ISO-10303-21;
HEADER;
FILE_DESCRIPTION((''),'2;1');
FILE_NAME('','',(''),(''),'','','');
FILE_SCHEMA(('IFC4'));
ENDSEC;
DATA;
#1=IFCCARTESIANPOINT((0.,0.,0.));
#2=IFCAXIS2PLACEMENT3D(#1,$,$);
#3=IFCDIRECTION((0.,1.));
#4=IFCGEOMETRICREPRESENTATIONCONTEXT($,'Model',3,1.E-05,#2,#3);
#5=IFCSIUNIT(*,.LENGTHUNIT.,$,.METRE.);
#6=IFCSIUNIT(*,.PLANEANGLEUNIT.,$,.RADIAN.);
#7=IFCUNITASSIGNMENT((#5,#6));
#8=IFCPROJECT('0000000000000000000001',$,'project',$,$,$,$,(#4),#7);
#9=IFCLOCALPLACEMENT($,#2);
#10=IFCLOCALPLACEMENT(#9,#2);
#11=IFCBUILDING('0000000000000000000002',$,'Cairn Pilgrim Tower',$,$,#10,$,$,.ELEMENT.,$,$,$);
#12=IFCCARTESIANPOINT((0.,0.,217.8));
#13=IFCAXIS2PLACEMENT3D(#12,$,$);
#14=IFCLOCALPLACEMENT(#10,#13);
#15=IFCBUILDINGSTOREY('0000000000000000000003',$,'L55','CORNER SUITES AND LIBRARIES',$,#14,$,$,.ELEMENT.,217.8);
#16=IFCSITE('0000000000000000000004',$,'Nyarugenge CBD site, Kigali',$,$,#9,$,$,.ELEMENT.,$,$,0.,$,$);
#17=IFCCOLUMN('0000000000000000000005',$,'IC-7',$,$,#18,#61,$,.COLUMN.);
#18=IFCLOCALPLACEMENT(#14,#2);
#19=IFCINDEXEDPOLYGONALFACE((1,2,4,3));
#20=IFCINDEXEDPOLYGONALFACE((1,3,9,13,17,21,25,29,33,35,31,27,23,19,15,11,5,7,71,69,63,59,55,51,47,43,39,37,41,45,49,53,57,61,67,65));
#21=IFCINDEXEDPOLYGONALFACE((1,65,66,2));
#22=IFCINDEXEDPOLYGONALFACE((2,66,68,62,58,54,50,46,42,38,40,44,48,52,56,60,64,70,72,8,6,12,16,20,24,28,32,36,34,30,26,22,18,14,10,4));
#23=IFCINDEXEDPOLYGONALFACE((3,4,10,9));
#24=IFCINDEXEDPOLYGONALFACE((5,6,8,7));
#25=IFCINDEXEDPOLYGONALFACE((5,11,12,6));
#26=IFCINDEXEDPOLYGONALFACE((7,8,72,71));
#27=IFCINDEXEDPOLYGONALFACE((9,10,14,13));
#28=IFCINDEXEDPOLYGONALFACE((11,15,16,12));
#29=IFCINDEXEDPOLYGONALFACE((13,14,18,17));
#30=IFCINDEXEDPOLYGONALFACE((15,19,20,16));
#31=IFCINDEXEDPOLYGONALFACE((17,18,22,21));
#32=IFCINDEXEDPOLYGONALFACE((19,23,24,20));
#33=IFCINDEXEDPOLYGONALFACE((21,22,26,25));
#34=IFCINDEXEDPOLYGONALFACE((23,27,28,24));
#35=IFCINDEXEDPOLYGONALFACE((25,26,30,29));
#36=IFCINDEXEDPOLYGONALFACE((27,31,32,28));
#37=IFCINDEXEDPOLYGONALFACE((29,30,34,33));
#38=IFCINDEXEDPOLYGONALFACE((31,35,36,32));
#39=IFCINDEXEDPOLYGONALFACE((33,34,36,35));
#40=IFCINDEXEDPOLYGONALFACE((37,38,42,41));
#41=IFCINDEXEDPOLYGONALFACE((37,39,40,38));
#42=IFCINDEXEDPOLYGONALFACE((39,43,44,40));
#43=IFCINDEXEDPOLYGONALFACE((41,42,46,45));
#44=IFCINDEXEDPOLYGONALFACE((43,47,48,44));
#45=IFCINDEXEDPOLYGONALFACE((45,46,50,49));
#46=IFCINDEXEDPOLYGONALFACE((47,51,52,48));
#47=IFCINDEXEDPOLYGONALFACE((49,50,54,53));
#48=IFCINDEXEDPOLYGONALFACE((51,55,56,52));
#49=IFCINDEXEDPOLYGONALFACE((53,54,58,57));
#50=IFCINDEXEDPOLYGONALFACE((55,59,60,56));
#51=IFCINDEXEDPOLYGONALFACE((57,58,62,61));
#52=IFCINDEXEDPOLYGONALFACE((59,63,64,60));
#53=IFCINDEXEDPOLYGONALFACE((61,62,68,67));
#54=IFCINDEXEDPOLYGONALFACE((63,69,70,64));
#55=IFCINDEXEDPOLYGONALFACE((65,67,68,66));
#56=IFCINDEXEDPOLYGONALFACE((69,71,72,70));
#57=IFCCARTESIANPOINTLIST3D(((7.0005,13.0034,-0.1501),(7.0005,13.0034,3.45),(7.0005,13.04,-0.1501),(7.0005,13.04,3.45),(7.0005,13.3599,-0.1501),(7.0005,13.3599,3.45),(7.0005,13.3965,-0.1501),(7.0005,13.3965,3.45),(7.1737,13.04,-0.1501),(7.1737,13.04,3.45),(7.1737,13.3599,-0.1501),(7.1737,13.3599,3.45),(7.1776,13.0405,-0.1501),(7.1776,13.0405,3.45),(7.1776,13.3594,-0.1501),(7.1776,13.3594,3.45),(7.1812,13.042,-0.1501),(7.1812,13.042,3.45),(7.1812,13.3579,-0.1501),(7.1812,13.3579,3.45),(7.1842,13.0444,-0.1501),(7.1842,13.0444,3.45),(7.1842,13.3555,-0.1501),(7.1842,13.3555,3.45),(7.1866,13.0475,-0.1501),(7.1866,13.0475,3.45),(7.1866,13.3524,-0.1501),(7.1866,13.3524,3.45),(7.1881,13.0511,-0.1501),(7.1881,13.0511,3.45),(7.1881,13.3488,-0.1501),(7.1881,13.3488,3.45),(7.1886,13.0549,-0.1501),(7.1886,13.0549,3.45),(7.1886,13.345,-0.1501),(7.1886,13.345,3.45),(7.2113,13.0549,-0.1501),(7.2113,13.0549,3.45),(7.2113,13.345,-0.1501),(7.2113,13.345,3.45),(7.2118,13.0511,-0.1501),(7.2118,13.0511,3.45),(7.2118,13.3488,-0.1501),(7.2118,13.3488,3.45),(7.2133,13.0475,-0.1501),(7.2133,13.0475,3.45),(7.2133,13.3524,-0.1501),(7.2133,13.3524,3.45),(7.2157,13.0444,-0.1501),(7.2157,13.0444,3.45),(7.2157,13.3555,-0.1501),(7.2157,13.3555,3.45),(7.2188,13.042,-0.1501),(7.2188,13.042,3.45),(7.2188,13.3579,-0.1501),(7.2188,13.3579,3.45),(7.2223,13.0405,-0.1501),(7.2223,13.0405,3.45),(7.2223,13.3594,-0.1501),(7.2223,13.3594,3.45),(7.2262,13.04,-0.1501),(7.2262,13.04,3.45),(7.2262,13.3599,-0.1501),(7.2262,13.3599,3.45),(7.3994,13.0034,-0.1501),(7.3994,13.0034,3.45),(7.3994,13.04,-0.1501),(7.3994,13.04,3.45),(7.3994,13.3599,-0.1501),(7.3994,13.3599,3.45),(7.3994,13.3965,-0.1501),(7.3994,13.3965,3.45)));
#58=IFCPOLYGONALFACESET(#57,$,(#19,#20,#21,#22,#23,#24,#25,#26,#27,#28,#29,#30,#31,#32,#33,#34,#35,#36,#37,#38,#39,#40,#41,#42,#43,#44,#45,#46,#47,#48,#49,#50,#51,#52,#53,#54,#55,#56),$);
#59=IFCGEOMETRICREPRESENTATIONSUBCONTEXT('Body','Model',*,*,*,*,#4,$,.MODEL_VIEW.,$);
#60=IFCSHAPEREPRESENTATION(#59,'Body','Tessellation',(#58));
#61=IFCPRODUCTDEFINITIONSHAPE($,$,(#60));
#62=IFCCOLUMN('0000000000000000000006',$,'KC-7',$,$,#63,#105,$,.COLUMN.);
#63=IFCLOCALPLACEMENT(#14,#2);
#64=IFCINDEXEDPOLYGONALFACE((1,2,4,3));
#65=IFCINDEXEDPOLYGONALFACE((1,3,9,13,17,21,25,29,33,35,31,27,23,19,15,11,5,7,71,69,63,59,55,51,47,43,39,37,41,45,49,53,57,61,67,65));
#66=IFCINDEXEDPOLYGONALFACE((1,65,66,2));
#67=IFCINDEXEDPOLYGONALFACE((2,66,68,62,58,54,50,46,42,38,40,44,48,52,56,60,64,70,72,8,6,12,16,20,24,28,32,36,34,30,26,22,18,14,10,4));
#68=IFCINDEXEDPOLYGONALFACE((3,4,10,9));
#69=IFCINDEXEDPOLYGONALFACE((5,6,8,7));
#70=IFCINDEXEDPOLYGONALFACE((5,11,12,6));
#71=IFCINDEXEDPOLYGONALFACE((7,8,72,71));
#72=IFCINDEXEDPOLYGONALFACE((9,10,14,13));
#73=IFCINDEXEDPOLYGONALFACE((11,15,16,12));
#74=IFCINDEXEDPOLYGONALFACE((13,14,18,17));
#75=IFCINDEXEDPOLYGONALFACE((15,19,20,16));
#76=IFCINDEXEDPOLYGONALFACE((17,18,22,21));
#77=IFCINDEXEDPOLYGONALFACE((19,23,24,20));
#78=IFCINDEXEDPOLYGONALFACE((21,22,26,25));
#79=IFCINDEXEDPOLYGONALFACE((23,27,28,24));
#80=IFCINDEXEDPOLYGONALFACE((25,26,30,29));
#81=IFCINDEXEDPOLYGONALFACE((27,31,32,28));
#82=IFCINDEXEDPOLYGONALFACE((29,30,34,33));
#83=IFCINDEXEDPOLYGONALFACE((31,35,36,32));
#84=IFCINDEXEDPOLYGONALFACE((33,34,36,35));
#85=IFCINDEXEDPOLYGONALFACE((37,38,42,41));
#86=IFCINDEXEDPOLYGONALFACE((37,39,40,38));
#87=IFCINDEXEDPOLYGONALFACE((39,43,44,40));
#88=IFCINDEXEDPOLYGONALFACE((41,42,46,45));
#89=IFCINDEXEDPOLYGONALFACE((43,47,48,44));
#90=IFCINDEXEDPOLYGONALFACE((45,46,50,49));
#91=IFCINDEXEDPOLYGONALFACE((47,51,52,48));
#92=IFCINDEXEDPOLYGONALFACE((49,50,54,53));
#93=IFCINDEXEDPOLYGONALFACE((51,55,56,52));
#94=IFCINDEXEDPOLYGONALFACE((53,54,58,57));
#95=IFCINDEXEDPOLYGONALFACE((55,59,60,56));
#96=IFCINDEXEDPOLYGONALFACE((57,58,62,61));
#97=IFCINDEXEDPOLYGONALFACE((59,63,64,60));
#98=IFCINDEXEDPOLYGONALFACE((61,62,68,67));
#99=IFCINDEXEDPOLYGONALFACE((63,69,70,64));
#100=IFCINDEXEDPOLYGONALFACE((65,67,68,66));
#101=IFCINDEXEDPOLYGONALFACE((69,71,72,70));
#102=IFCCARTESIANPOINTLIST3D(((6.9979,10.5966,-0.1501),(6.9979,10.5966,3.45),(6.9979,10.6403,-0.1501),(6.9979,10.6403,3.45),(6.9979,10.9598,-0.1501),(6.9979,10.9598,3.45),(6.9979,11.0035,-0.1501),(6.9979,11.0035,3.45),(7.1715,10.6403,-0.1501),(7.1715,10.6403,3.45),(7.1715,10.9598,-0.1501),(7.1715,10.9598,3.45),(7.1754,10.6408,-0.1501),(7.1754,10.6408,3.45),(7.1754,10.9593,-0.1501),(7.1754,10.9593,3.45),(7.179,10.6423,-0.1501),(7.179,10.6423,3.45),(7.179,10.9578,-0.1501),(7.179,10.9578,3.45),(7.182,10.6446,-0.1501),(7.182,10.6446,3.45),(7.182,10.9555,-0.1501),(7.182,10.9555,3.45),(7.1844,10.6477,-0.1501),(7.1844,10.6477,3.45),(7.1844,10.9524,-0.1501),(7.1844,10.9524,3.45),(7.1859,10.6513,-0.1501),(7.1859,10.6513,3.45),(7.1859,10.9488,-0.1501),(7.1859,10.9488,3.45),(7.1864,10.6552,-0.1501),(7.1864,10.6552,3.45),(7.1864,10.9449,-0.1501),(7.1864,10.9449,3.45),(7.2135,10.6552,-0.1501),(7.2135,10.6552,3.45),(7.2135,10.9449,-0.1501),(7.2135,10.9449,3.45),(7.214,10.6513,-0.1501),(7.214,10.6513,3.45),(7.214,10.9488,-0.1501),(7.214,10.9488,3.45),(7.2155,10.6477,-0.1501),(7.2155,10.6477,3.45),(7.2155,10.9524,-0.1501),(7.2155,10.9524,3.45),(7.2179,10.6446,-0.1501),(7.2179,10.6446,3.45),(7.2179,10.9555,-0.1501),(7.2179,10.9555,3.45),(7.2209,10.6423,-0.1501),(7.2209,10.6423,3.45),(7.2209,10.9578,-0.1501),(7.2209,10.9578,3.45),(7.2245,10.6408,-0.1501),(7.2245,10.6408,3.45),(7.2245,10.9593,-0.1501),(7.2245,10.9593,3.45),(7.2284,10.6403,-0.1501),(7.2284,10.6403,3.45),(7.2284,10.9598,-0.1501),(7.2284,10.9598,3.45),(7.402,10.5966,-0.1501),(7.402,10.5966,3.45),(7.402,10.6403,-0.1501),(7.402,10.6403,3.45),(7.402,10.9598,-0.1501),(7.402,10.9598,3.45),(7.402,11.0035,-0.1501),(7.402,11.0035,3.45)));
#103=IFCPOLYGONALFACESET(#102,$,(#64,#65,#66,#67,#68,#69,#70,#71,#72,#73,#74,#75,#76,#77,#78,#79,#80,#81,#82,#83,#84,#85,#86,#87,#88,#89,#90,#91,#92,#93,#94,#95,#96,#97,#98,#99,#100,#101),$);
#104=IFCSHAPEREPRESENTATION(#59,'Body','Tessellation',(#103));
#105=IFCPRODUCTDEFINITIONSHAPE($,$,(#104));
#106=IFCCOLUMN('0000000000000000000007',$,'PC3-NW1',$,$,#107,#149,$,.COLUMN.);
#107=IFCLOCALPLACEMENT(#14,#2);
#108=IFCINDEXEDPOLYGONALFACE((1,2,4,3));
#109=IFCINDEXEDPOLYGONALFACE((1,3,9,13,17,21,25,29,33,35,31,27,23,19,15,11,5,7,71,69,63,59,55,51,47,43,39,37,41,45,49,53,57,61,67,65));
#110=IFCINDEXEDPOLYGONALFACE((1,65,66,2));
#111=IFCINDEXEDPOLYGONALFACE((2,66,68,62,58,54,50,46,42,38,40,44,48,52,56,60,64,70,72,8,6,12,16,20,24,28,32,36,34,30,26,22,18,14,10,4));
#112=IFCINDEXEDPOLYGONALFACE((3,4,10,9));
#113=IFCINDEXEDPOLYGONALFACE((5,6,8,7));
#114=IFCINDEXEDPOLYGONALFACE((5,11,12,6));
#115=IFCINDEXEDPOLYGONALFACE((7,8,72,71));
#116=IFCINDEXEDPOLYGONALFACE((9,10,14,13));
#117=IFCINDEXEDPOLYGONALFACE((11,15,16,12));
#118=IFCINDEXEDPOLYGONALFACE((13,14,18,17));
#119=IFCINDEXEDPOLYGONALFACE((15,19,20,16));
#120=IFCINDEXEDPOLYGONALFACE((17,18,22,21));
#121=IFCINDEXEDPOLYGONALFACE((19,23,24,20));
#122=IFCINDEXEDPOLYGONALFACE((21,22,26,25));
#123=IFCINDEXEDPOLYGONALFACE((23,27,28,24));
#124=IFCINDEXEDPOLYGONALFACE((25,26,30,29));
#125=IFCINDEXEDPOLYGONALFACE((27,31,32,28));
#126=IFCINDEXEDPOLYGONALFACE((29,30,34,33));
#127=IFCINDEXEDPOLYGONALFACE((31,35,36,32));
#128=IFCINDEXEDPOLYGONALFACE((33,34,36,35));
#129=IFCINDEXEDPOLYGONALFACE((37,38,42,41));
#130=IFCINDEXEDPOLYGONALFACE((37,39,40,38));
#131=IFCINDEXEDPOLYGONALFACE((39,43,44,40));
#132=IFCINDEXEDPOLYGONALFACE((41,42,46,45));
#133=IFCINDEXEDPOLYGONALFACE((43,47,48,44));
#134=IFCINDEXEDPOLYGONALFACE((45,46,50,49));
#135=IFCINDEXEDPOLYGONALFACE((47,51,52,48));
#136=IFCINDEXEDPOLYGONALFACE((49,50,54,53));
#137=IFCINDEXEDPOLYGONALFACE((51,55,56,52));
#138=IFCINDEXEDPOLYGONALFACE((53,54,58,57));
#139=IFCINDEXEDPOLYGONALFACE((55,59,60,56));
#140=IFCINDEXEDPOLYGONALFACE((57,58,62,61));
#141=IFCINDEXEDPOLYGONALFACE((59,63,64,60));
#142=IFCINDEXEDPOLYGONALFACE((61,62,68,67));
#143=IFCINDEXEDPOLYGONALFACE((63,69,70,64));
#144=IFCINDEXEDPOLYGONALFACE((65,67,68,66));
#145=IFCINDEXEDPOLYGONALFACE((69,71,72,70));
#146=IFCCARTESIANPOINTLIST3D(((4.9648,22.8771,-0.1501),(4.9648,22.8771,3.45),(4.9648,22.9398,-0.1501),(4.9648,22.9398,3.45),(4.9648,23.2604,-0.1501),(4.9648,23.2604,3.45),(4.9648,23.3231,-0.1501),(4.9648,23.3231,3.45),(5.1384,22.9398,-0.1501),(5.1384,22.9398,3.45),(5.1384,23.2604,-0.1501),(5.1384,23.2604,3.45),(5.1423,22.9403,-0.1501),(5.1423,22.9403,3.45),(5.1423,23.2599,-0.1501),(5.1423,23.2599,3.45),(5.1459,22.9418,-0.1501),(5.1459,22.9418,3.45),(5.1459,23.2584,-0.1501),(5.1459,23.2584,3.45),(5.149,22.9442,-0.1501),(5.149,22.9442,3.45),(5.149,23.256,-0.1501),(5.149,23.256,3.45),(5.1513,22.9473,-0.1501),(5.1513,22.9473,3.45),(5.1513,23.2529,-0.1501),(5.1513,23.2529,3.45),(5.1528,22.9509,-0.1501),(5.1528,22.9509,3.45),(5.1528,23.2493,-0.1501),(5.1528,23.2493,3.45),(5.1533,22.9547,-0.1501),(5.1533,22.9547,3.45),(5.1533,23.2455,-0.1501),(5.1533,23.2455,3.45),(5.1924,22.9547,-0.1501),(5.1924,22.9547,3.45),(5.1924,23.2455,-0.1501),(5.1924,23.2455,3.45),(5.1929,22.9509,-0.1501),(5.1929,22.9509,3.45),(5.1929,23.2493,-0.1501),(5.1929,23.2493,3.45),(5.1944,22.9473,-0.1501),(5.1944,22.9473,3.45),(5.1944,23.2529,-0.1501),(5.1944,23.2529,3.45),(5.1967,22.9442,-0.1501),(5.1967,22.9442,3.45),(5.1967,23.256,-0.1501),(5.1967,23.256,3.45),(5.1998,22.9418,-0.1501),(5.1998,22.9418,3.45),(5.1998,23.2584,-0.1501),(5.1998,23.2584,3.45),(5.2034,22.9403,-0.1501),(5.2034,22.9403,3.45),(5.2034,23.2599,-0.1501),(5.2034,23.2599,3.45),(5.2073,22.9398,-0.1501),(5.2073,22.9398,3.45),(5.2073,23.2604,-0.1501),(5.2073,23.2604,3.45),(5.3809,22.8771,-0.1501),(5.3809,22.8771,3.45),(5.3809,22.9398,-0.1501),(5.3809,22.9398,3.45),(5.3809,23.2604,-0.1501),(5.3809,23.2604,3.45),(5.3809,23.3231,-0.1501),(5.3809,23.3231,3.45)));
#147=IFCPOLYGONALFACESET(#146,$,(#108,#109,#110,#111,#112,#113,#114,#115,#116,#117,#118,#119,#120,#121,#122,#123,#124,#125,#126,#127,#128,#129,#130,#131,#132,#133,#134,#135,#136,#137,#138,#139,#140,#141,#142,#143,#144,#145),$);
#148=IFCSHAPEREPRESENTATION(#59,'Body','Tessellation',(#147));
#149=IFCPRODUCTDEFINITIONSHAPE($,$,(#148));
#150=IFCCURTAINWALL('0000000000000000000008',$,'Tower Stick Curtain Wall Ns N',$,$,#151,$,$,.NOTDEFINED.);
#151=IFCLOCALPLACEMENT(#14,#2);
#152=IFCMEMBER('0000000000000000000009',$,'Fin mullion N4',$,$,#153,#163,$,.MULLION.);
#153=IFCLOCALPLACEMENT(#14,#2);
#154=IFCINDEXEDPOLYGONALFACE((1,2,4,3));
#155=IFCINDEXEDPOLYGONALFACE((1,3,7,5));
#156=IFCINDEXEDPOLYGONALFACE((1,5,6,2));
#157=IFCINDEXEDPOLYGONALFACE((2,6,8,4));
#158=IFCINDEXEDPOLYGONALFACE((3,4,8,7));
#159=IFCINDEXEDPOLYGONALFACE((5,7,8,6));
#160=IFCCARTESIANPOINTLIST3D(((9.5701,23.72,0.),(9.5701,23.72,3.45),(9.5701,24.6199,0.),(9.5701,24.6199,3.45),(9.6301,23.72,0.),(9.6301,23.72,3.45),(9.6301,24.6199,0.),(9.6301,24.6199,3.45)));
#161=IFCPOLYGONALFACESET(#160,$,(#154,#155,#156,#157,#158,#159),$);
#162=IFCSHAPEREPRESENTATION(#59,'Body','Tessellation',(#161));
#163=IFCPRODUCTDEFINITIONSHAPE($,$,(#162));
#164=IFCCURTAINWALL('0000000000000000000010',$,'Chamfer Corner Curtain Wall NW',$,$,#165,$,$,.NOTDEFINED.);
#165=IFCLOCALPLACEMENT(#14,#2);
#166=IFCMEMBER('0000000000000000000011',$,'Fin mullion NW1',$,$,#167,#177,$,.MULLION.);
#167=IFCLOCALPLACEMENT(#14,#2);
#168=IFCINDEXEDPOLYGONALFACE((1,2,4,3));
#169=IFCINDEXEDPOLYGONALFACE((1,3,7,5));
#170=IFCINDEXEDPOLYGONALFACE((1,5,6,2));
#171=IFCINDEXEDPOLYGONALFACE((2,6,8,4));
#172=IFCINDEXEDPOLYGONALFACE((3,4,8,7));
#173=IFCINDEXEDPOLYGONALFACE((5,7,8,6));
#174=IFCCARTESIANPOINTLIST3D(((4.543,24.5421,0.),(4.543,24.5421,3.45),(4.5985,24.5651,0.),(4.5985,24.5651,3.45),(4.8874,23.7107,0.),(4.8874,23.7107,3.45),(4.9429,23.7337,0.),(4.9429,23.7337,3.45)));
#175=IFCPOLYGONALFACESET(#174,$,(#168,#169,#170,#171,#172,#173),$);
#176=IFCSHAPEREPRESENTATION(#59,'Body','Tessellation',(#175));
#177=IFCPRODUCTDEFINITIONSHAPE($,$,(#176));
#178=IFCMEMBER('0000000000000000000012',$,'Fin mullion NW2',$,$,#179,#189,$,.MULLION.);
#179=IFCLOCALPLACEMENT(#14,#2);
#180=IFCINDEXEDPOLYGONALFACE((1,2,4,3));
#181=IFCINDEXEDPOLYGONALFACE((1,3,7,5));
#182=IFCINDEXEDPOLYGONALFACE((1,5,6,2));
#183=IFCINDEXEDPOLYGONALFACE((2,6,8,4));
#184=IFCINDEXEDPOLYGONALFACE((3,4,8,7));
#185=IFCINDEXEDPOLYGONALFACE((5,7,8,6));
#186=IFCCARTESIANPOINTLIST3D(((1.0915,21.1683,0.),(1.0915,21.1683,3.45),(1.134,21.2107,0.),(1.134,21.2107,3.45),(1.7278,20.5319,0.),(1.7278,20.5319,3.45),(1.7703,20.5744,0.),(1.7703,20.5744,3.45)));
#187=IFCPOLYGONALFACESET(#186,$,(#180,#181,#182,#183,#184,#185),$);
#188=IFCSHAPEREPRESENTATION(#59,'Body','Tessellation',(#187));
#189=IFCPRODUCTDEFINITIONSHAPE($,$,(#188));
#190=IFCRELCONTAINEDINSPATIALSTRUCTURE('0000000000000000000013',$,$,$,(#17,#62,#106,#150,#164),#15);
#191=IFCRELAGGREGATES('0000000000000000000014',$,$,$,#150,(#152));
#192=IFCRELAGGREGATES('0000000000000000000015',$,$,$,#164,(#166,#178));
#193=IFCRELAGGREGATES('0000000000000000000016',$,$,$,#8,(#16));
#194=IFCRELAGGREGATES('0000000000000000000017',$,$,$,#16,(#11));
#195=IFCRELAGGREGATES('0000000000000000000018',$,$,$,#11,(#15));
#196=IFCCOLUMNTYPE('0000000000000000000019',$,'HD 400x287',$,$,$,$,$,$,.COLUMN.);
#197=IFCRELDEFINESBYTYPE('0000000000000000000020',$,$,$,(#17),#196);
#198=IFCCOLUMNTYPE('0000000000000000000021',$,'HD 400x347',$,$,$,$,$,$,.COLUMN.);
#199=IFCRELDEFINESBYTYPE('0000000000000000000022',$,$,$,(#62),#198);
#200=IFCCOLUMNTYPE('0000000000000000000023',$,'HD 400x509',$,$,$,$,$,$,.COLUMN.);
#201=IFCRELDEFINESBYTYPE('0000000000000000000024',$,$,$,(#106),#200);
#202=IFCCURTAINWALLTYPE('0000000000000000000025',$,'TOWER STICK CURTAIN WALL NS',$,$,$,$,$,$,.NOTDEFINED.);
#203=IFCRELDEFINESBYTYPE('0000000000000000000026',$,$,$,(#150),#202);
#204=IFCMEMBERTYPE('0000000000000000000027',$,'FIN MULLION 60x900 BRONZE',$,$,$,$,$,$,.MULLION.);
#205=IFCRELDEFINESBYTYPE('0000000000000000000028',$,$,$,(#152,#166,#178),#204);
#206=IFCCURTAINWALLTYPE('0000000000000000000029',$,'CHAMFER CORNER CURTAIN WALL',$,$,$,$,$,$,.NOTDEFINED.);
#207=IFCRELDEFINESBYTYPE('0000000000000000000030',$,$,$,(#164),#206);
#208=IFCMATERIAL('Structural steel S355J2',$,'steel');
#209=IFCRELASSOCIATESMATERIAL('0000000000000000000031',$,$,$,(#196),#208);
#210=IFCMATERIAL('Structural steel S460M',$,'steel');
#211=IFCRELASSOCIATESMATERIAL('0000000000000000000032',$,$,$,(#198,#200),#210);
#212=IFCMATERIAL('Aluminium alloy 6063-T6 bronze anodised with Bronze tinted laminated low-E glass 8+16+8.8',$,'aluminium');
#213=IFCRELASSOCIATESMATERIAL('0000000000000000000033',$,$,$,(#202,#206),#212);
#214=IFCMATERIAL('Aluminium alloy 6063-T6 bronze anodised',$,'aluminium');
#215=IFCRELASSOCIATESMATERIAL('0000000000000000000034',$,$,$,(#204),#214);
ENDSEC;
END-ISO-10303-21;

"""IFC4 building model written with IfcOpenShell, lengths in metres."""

from ifc_helpers import new_model, si_unit, direction, frame, origin, origin_2d, place, context, subcontext, project, spatial, rectangle, i_section, extrude, material, material_profile, profile_set, type_object, element, aggregate, save


model = new_model("IFC4")

# Units and contexts
model_context = context("Model", 3, precision=1e-05, world=origin(), true_north=direction((0.0, 1.0)))
body_context = subcontext(model_context, "Body", "Model", "MODEL_VIEW")
ifc_project = project(units=[si_unit("LENGTHUNIT", "METRE"), si_unit("PLANEANGLEUNIT", "RADIAN")], contexts=[model_context])

# Site, building, storey
site_placement = place(None, origin())
site = spatial("IfcSite", under=ifc_project, at=site_placement, Name="Nyarugenge CBD site, Kigali", CompositionType="ELEMENT", RefElevation=0.0)
building_placement = place(site_placement, origin())
building = spatial("IfcBuilding", under=site, at=building_placement, Name="Cairn Pilgrim Tower", CompositionType="ELEMENT")
storey_placement = place(building_placement, frame((0.0, 0.0, 217.8)))
storey = spatial("IfcBuildingStorey", under=building, at=storey_placement, Name="L55", Description="CORNER SUITES AND LIBRARIES", CompositionType="ELEMENT", Elevation=217.8)

# Columns
ifc_material_1 = material(Name="Structural steel S355J2", Category="steel")
ifc_material_profile_1 = material_profile(ifc_material_1, i_section(OverallWidth=0.3989, OverallDepth=0.3931, WebThickness=0.0227, FlangeThickness=0.0366, FilletRadius=0.0149, at=origin_2d()), Name="HD 400x287")
ifc_profile_set_1 = profile_set([ifc_material_profile_1], Name="Structural steel S355J2")
column_type_1 = type_object("IfcColumnType", Name="HD 400x287", PredefinedType="COLUMN", material=ifc_profile_set_1)
column_1_placement = place(storey_placement, frame((7.2, 13.2, -0.1501), z_axis=(0.0, 0.0, 1.0), x_axis=(1.0, 0.0, 0.0)))
element("IfcColumn", 1, at=column_1_placement, inside=storey, type_object=column_type_1, Name="IC-7", PredefinedType="COLUMN", context=body_context, shape_type="SweptSolid", body=[
    extrude(i_section(OverallWidth=0.3989, OverallDepth=0.3931, WebThickness=0.0227, FlangeThickness=0.0366, FilletRadius=0.0149, at=origin_2d()), origin(), (0.0, 0.0, 1.0), 3.6001),
])
ifc_material_2 = material(Name="Structural steel S460M", Category="steel")
ifc_material_profile_2 = material_profile(ifc_material_2, i_section(OverallWidth=0.4041, OverallDepth=0.407, WebThickness=0.0271, FlangeThickness=0.0437, FilletRadius=0.0149, at=origin_2d()), Name="HD 400x347")
ifc_profile_set_2 = profile_set([ifc_material_profile_2], Name="Structural steel S460M")
column_type_2 = type_object("IfcColumnType", Name="HD 400x347", PredefinedType="COLUMN", material=ifc_profile_set_2)
column_2_placement = place(storey_placement, frame((7.2, 10.8, -0.1501), z_axis=(0.0, 0.0, 1.0), x_axis=(1.0, 0.0, 0.0)))
element("IfcColumn", 2, at=column_2_placement, inside=storey, type_object=column_type_2, Name="KC-7", PredefinedType="COLUMN", context=body_context, shape_type="SweptSolid", body=[
    extrude(i_section(OverallWidth=0.4041, OverallDepth=0.407, WebThickness=0.0271, FlangeThickness=0.0437, FilletRadius=0.0149, at=origin_2d()), origin(), (0.0, 0.0, 1.0), 3.6001),
])
ifc_material_profile_3 = material_profile(ifc_material_2, i_section(OverallWidth=0.416, OverallDepth=0.446, WebThickness=0.0391, FlangeThickness=0.0627, FilletRadius=0.0149, at=origin_2d()), Name="HD 400x509")
ifc_profile_set_3 = profile_set([ifc_material_profile_3], Name="Structural steel S460M")
column_type_3 = type_object("IfcColumnType", Name="HD 400x509", PredefinedType="COLUMN", material=ifc_profile_set_3)
column_3_placement = place(storey_placement, frame((5.1729, 23.1001, -0.1501), z_axis=(0.0, 0.0, 1.0), x_axis=(1.0, 0.0, 0.0)))
element("IfcColumn", 3, at=column_3_placement, inside=storey, type_object=column_type_3, Name="PC3-NW1", PredefinedType="COLUMN", context=body_context, shape_type="SweptSolid", body=[
    extrude(i_section(OverallWidth=0.416, OverallDepth=0.446, WebThickness=0.0391, FlangeThickness=0.0627, FilletRadius=0.0149, at=origin_2d()), origin(), (0.0, 0.0, 1.0), 3.6001),
])

# Curtain wall, member
ifc_material_3 = material(Name="Aluminium alloy 6063-T6 bronze anodised with Bronze tinted laminated low-E glass 8+16+8.8", Category="aluminium")
curtain_wall_type_1 = type_object("IfcCurtainWallType", Name="TOWER STICK CURTAIN WALL NS", PredefinedType="NOTDEFINED", material=ifc_material_3)
curtain_wall_1_placement = place(storey_placement, origin())
curtain_wall_1 = element("IfcCurtainWall", 4, at=curtain_wall_1_placement, inside=storey, type_object=curtain_wall_type_1, Name="Tower Stick Curtain Wall Ns N", PredefinedType="NOTDEFINED")
ifc_material_4 = material(Name="Aluminium alloy 6063-T6 bronze anodised", Category="aluminium")
ifc_material_profile_4 = material_profile(ifc_material_4, rectangle(XDim=0.8999, YDim=0.0601, at=origin_2d()), Name="FIN MULLION 60x900 BRONZE")
ifc_profile_set_4 = profile_set([ifc_material_profile_4], Name="Aluminium alloy 6063-T6 bronze anodised")
member_type_1 = type_object("IfcMemberType", Name="FIN MULLION 60x900 BRONZE", PredefinedType="MULLION", material=ifc_profile_set_4)
member_1_placement = place(storey_placement, frame((9.6001, 24.1699, 0.0), z_axis=(0.0, 0.0, 1.0), x_axis=(0.0, 1.0, 0.0)))
member_1 = element("IfcMember", 5, at=member_1_placement, type_object=member_type_1, Name="Fin mullion N4", PredefinedType="MULLION", context=body_context, shape_type="SweptSolid", body=[
    extrude(rectangle(XDim=0.8999, YDim=0.0601, at=origin_2d()), origin(), (0.0, 0.0, 1.0), 3.45),
])
aggregate(curtain_wall_1, [member_1])

# Curtain wall, members
curtain_wall_type_2 = type_object("IfcCurtainWallType", Name="CHAMFER CORNER CURTAIN WALL", PredefinedType="NOTDEFINED", material=ifc_material_3)
curtain_wall_2_placement = place(storey_placement, origin())
curtain_wall_2 = element("IfcCurtainWall", 6, at=curtain_wall_2_placement, inside=storey, type_object=curtain_wall_type_2, Name="Chamfer Corner Curtain Wall NW", PredefinedType="NOTDEFINED")
member_2_placement = place(storey_placement, frame((4.7429, 24.1379, 0.0), z_axis=(0.0, 0.0, 1.0), x_axis=(-0.382683, 0.92388, 0.0)))
member_2 = element("IfcMember", 7, at=member_2_placement, type_object=member_type_1, Name="Fin mullion NW1", PredefinedType="MULLION", context=body_context, shape_type="SweptSolid", body=[
    extrude(rectangle(XDim=0.8999, YDim=0.0601, at=origin_2d()), origin(), (0.0, 0.0, 1.0), 3.45),
])
member_3_placement = place(storey_placement, frame((1.4309, 20.8713, 0.0), z_axis=(0.0, 0.0, 1.0), x_axis=(-0.707107, 0.707107, 0.0)))
member_3 = element("IfcMember", 8, at=member_3_placement, type_object=member_type_1, Name="Fin mullion NW2", PredefinedType="MULLION", context=body_context, shape_type="SweptSolid", body=[
    extrude(rectangle(XDim=0.8999, YDim=0.0601, at=origin_2d()), origin(), (0.0, 0.0, 1.0), 3.45),
])

aggregate(curtain_wall_2, [member_2, member_3])

save(model, "model.ifc")
